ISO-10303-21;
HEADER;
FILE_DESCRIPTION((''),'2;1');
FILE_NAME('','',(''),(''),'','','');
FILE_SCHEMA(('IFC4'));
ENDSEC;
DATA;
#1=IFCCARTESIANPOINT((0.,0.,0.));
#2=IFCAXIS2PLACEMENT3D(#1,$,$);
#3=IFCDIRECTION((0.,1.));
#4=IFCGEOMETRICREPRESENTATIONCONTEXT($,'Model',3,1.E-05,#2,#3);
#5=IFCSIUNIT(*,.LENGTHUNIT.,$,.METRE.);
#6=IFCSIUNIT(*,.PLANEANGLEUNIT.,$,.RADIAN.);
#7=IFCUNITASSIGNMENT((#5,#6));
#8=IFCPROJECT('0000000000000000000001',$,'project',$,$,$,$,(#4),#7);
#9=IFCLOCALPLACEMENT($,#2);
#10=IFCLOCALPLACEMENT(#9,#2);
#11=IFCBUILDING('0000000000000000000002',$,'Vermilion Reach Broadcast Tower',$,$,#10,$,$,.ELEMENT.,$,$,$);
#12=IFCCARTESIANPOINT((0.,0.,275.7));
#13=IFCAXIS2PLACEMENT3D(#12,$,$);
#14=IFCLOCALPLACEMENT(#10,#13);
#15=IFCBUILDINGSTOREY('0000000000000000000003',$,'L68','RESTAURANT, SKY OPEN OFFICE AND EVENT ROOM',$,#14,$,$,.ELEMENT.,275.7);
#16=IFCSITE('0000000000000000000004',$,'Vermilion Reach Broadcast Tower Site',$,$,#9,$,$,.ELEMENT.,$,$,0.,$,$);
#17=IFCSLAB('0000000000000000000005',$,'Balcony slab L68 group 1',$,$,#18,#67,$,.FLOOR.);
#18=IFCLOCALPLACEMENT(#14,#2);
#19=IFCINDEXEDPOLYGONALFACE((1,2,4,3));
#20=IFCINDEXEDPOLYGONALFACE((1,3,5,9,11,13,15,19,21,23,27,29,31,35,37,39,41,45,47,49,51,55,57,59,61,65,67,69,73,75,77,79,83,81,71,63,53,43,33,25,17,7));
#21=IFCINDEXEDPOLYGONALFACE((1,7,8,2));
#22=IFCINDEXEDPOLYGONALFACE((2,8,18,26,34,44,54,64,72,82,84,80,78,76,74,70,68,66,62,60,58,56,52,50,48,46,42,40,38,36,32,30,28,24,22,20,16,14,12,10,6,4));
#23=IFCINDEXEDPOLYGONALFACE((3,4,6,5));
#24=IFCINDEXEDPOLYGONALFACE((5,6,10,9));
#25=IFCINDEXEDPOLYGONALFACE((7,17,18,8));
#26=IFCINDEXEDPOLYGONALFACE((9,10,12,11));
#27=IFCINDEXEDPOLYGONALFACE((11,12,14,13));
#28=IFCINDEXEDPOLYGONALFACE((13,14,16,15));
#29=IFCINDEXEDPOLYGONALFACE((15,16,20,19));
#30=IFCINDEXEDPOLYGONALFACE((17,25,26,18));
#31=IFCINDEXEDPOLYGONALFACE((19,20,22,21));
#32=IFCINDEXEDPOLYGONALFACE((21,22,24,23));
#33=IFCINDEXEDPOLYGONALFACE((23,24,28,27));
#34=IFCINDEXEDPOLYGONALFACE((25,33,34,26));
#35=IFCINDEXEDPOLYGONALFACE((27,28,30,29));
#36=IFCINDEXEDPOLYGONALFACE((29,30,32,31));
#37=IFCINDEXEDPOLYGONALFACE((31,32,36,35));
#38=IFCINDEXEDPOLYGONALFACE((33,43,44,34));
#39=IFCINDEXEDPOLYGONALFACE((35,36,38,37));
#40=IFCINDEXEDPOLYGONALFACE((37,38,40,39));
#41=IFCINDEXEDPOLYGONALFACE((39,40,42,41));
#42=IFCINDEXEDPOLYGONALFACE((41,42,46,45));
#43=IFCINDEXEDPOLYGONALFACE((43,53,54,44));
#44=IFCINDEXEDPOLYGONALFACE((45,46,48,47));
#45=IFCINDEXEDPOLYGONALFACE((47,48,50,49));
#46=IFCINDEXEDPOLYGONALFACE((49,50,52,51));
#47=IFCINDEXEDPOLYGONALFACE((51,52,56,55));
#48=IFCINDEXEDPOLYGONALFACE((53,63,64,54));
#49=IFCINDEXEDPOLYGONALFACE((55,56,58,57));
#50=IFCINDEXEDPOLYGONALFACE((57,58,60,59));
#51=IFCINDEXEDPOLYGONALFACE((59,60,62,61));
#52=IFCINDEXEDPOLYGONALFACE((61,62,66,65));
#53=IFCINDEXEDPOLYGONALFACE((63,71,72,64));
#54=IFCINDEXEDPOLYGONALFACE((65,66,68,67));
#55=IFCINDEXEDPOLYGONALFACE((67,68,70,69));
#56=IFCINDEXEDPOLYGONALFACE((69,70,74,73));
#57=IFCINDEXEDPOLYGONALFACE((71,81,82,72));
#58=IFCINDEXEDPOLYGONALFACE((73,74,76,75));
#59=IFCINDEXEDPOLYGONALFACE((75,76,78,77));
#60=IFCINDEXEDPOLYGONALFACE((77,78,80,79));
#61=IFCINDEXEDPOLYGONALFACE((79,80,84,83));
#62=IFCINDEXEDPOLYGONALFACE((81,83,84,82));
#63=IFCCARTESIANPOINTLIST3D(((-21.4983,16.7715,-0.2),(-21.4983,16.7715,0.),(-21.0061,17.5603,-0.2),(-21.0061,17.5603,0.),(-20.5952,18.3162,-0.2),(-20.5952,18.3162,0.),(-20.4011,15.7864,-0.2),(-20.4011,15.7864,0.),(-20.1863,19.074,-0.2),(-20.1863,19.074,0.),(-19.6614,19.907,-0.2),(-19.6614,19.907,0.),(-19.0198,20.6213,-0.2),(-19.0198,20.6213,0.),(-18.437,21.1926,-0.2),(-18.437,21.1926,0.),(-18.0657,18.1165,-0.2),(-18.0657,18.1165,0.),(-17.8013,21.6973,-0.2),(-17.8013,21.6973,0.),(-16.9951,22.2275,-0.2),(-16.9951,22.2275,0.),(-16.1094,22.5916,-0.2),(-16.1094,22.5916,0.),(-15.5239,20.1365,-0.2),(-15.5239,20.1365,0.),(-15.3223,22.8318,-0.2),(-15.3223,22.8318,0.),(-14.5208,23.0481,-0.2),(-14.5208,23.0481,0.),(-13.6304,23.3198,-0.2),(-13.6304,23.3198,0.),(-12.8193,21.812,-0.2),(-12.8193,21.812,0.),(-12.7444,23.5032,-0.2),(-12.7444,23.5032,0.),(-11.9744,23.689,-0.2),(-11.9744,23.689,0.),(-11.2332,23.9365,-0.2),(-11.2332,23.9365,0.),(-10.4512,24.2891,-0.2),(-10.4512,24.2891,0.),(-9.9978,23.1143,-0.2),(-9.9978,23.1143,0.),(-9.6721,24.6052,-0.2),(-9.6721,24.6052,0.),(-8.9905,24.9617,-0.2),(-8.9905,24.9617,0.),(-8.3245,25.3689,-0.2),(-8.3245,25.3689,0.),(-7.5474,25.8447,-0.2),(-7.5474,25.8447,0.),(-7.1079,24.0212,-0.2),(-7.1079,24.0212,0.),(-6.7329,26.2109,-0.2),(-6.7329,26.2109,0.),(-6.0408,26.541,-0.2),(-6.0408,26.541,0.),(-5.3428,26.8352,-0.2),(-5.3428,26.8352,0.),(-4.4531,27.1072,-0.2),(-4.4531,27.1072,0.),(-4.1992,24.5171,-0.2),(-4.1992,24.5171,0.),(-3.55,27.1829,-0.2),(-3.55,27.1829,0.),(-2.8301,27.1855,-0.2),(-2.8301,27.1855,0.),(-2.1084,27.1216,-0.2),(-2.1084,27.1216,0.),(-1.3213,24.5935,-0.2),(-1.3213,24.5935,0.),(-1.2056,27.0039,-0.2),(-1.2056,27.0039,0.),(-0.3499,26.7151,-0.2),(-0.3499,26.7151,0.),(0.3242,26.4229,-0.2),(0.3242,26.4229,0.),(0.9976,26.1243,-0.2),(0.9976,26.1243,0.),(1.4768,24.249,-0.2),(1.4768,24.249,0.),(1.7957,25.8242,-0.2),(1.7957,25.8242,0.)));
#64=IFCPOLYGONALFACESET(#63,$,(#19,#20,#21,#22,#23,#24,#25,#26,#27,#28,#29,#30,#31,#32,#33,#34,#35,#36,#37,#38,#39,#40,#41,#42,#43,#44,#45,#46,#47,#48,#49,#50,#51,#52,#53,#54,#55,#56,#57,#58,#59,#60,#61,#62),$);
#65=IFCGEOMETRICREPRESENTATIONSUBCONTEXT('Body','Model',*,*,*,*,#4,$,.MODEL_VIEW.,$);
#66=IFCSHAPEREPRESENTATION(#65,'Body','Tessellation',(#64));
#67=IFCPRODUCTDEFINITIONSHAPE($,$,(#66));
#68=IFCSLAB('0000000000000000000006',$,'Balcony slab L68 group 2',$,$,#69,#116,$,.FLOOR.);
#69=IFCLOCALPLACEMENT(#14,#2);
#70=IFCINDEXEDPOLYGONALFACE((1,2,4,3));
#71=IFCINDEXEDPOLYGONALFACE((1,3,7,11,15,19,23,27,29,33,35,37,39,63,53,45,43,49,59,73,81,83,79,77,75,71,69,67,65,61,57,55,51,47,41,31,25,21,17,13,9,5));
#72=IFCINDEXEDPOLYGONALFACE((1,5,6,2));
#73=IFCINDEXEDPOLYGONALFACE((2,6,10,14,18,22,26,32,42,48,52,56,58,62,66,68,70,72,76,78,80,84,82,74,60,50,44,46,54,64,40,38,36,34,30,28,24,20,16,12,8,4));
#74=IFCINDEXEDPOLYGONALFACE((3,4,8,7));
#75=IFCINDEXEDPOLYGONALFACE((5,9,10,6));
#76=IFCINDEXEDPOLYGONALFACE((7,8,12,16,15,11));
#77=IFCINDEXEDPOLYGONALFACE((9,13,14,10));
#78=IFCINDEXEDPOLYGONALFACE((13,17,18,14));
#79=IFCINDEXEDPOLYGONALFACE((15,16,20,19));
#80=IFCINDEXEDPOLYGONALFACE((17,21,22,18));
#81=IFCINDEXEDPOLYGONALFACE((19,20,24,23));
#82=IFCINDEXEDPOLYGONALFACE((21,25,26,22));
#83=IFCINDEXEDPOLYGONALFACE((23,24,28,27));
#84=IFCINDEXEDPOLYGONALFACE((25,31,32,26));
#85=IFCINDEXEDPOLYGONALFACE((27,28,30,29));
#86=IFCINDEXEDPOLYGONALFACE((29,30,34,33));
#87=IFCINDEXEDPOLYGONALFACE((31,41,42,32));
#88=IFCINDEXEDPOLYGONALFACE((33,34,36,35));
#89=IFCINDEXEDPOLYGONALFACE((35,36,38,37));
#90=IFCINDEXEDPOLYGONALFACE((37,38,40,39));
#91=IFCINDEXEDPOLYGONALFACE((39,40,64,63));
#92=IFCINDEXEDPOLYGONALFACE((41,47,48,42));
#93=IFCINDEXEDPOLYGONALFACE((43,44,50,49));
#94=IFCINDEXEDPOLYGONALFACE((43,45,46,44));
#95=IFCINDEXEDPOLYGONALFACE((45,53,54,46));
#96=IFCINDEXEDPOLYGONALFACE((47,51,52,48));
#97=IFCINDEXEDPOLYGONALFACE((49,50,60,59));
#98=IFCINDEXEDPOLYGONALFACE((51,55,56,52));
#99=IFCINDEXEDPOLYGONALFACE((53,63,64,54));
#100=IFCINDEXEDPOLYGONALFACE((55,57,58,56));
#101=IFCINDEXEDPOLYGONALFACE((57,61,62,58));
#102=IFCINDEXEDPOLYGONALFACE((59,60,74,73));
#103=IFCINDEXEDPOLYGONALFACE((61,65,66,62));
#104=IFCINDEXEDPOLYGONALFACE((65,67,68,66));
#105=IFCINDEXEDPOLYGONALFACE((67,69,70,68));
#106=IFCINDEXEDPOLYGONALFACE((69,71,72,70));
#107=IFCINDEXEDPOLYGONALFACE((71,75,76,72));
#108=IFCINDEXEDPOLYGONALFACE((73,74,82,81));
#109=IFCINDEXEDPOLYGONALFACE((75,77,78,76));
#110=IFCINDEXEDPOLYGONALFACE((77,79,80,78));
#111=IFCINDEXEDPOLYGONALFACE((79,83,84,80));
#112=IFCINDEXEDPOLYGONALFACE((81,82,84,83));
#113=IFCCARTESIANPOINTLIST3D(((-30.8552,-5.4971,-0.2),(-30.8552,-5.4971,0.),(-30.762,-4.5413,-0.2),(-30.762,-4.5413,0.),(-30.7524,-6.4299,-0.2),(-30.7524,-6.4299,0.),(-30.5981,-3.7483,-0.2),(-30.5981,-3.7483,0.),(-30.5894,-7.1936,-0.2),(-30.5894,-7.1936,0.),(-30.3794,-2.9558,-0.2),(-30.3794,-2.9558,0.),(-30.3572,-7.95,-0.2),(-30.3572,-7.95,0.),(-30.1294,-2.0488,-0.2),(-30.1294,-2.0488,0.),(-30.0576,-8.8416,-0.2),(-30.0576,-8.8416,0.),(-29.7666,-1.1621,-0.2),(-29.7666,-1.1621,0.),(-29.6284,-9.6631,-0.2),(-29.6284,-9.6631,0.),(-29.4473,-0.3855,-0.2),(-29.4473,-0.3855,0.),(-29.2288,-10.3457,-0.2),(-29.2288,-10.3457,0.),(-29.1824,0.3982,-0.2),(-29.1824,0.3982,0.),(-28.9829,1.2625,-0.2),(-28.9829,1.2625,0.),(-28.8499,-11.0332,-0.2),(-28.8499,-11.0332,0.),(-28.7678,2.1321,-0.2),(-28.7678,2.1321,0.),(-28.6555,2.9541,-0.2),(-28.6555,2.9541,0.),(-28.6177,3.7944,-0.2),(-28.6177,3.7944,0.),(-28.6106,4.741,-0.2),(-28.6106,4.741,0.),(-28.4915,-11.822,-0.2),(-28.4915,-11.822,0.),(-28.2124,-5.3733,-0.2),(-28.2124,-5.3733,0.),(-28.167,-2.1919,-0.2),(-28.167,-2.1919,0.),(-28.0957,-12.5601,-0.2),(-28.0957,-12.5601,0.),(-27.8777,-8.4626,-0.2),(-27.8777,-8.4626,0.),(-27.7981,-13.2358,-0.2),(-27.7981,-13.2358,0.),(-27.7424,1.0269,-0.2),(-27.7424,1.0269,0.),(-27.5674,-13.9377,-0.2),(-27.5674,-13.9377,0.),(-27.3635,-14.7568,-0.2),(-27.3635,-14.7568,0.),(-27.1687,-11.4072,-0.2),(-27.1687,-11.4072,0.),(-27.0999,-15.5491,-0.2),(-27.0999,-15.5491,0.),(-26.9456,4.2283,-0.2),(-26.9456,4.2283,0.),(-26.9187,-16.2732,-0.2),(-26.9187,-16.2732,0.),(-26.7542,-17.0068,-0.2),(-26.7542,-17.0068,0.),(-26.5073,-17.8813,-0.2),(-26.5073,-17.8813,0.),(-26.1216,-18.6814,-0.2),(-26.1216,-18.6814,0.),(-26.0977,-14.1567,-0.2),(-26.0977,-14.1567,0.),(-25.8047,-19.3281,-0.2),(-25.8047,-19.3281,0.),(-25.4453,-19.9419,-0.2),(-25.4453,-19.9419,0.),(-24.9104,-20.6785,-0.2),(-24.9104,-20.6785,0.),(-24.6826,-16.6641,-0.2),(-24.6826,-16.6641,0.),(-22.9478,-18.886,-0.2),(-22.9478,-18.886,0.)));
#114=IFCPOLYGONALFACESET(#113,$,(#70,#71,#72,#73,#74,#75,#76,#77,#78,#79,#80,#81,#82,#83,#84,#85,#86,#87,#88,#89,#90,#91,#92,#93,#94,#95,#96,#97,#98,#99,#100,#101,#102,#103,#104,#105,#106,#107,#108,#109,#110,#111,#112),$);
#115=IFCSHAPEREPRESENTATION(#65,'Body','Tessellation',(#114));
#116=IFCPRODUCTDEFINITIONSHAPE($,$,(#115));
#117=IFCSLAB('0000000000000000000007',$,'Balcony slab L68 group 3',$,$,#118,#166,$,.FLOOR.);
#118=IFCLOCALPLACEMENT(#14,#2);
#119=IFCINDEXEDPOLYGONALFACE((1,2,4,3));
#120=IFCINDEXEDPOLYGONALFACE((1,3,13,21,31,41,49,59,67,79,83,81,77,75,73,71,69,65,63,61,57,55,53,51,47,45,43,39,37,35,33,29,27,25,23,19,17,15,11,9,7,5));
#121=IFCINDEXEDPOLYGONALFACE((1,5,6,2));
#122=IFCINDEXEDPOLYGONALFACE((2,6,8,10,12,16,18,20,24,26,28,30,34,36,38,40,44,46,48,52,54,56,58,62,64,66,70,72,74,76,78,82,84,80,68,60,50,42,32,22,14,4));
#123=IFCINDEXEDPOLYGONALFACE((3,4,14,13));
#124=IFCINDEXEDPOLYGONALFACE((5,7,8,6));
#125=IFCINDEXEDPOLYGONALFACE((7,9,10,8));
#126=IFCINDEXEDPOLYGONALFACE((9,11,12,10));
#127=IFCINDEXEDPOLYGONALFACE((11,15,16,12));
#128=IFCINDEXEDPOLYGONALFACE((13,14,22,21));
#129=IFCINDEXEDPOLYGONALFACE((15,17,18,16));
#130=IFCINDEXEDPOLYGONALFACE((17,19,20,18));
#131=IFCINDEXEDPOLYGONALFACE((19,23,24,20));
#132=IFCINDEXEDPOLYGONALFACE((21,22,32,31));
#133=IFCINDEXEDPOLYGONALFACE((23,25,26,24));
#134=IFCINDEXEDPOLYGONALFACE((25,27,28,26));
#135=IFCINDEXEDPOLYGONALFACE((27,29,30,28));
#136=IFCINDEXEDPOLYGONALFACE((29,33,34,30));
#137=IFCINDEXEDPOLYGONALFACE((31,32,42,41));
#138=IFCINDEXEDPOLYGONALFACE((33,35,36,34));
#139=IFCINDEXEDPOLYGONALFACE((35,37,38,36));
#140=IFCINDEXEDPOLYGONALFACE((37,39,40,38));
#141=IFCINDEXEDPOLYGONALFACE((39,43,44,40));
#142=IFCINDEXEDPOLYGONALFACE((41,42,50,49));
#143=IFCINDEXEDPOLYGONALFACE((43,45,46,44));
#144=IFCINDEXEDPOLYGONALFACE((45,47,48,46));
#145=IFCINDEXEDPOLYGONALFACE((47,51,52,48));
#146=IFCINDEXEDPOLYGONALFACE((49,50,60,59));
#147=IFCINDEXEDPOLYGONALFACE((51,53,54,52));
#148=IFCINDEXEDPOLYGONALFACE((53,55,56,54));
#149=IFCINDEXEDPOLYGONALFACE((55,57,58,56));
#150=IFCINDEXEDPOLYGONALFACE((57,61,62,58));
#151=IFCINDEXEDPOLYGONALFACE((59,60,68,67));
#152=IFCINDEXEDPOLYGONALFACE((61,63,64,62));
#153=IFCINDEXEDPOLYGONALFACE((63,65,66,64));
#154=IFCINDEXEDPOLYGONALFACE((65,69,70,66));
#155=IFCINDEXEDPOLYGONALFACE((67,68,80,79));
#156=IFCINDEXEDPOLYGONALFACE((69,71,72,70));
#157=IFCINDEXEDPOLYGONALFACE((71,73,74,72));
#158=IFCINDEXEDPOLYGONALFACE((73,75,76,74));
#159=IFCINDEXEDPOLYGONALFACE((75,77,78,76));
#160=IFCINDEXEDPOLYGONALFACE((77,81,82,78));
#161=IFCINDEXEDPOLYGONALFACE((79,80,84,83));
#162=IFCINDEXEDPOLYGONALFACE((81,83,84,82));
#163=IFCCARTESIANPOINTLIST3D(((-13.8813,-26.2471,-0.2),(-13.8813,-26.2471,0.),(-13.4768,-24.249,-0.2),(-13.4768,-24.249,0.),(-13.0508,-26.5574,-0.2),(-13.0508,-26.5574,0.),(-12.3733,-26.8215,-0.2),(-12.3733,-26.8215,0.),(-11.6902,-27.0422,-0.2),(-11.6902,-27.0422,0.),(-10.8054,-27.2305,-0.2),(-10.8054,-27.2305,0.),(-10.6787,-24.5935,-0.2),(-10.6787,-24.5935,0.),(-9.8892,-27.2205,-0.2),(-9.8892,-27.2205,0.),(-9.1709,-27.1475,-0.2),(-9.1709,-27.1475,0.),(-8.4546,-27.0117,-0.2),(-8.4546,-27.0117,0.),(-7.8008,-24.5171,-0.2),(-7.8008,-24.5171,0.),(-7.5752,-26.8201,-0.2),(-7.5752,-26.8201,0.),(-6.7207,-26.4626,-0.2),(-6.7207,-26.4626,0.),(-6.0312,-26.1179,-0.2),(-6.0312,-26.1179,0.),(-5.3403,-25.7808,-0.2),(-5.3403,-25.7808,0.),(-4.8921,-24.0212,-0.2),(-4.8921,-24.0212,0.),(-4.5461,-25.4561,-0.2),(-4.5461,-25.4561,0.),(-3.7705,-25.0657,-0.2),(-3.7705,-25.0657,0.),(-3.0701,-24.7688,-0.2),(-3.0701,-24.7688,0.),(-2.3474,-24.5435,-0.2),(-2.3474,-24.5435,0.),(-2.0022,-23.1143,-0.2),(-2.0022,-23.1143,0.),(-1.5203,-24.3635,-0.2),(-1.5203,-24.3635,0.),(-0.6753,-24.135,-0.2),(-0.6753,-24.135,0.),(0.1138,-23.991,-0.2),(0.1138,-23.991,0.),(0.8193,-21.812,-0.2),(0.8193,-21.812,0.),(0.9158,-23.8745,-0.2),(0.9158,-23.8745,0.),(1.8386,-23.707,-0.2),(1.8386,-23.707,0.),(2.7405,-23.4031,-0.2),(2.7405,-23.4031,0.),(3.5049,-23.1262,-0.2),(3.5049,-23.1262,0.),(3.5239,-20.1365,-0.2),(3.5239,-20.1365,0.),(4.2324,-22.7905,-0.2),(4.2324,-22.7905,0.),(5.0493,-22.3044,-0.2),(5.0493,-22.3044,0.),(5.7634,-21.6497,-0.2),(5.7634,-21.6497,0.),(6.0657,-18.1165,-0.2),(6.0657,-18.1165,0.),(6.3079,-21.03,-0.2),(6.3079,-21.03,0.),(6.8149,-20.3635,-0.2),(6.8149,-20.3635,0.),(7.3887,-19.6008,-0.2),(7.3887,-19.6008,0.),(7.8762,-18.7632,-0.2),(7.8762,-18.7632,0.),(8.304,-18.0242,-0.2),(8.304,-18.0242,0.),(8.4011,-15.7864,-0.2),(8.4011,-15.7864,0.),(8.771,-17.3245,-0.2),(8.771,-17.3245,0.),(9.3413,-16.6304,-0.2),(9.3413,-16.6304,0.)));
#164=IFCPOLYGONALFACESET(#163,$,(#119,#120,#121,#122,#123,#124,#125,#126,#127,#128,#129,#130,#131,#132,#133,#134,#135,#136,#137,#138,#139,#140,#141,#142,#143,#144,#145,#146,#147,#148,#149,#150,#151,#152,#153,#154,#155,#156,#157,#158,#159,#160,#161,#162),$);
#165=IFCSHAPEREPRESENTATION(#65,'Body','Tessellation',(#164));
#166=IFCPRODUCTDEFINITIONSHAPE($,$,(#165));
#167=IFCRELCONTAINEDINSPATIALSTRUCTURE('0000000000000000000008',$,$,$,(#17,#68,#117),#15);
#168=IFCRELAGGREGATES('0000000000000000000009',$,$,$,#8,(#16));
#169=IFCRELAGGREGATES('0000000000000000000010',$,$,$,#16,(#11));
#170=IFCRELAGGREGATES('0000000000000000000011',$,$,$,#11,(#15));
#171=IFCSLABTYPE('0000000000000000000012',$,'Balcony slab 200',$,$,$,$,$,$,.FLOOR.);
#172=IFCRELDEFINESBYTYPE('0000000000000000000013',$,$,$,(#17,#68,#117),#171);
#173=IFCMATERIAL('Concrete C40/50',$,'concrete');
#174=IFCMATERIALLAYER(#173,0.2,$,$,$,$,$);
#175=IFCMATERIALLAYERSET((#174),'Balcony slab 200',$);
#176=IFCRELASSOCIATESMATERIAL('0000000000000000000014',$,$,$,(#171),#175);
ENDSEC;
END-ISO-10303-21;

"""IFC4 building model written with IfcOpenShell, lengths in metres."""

from ifc_helpers import new_model, si_unit, direction, frame, origin, place, context, subcontext, project, spatial, polyline, outline, extrude, material, layer, layer_set, type_object, element, save


model = new_model("IFC4")

# Units and contexts
model_context = context("Model", 3, precision=1e-05, world=origin(), true_north=direction((0.0, 1.0)))
body_context = subcontext(model_context, "Body", "Model", "MODEL_VIEW")
ifc_project = project(units=[si_unit("LENGTHUNIT", "METRE"), si_unit("PLANEANGLEUNIT", "RADIAN")], contexts=[model_context])

# Site, building, storey
site_placement = place(None, origin())
site = spatial("IfcSite", under=ifc_project, at=site_placement, Name="Vermilion Reach Broadcast Tower Site", CompositionType="ELEMENT", RefElevation=0.0)
building_placement = place(site_placement, origin())
building = spatial("IfcBuilding", under=site, at=building_placement, Name="Vermilion Reach Broadcast Tower", CompositionType="ELEMENT")
storey_placement = place(building_placement, frame((0.0, 0.0, 275.7)))
storey = spatial("IfcBuildingStorey", under=building, at=storey_placement, Name="L68", Description="RESTAURANT, SKY OPEN OFFICE AND EVENT ROOM", CompositionType="ELEMENT", Elevation=275.7)

# Slabs
ifc_material_1 = material(Name="Concrete C40/50", Category="concrete")
ifc_layer_1 = layer(ifc_material_1, 0.2)
ifc_layer_set_1 = layer_set([ifc_layer_1], Name="Balcony slab 200")
slab_type_1 = type_object("IfcSlabType", Name="Balcony slab 200", PredefinedType="FLOOR", material=ifc_layer_set_1)
placement_1 = place(storey_placement, frame((0.0, 0.0, -0.2)))
element("IfcSlab", 1, at=placement_1, inside=storey, type_object=slab_type_1, Name="Balcony slab L68 group 1", PredefinedType="FLOOR", context=body_context, shape_type="SweptSolid", body=[
    extrude(outline(polyline([(1.4768, 24.249), (-1.3213, 24.5935), (-4.1992, 24.5171), (-7.1079, 24.0212), (-9.9978, 23.1143), (-12.8193, 21.812), (-15.5239, 20.1365), (-18.0657, 18.1165), (-20.4011, 15.7864), (-21.4983, 16.7715), (-21.0061, 17.5603), (-20.5952, 18.3162), (-20.1863, 19.074), (-19.6614, 19.907), (-19.0198, 20.6213), (-18.437, 21.1926), (-17.8013, 21.6973), (-16.9951, 22.2275), (-16.1094, 22.5916), (-15.3223, 22.8318), (-14.5208, 23.0481), (-13.6304, 23.3198), (-12.7444, 23.5032), (-11.9744, 23.689), (-11.2332, 23.9365), (-10.4512, 24.2891), (-9.6721, 24.6052), (-8.9905, 24.9617), (-8.3245, 25.3689), (-7.5474, 25.8447), (-6.7329, 26.2109), (-6.0408, 26.541), (-5.3428, 26.8352), (-4.4531, 27.1072), (-3.55, 27.1829), (-2.8301, 27.1855), (-2.1084, 27.1216), (-1.2056, 27.0039), (-0.3499, 26.7151), (0.3242, 26.4229), (0.9976, 26.1243), (1.7957, 25.8242), (1.4768, 24.249)])), origin(), (0.0, 0.0, 1.0), 0.2),
])
element("IfcSlab", 2, at=placement_1, inside=storey, type_object=slab_type_1, Name="Balcony slab L68 group 2", PredefinedType="FLOOR", context=body_context, shape_type="SweptSolid", body=[
    extrude(outline(polyline([(-26.9456, 4.2283), (-27.7424, 1.0269), (-28.167, -2.1919), (-28.2124, -5.3733), (-27.8777, -8.4626), (-27.1687, -11.4072), (-26.0977, -14.1567), (-24.6826, -16.6641), (-22.9478, -18.886), (-24.9104, -20.6785), (-25.4453, -19.9419), (-25.8047, -19.3281), (-26.1216, -18.6814), (-26.5073, -17.8813), (-26.7542, -17.0068), (-26.9187, -16.2732), (-27.0999, -15.5491), (-27.3635, -14.7568), (-27.5674, -13.9377), (-27.7981, -13.2358), (-28.0957, -12.5601), (-28.4915, -11.822), (-28.8499, -11.0332), (-29.2288, -10.3457), (-29.6284, -9.6631), (-30.0576, -8.8416), (-30.3572, -7.95), (-30.5894, -7.1936), (-30.7524, -6.4299), (-30.8552, -5.4971), (-30.762, -4.5413), (-30.5981, -3.7483), (-30.3794, -2.9558), (-30.1294, -2.0488), (-29.7666, -1.1621), (-29.4473, -0.3855), (-29.1824, 0.3982), (-28.9829, 1.2625), (-28.7678, 2.1321), (-28.6555, 2.9541), (-28.6177, 3.7944), (-28.6106, 4.741), (-26.9456, 4.2283)])), origin(), (0.0, 0.0, 1.0), 0.2),
])
element("IfcSlab", 3, at=placement_1, inside=storey, type_object=slab_type_1, Name="Balcony slab L68 group 3", PredefinedType="FLOOR", context=body_context, shape_type="SweptSolid", body=[
    extrude(outline(polyline([(-13.4768, -24.249), (-10.6787, -24.5935), (-7.8008, -24.5171), (-4.8921, -24.0212), (-2.0022, -23.1143), (0.8193, -21.812), (3.5239, -20.1365), (6.0657, -18.1165), (8.4011, -15.7864), (9.3413, -16.6304), (8.771, -17.3245), (8.304, -18.0242), (7.8762, -18.7632), (7.3887, -19.6008), (6.8149, -20.3635), (6.3079, -21.03), (5.7634, -21.6497), (5.0493, -22.3044), (4.2324, -22.7905), (3.5049, -23.1262), (2.7405, -23.4031), (1.8386, -23.707), (0.9158, -23.8745), (0.1138, -23.991), (-0.6753, -24.135), (-1.5203, -24.3635), (-2.3474, -24.5435), (-3.0701, -24.7688), (-3.7705, -25.0657), (-4.5461, -25.4561), (-5.3403, -25.7808), (-6.0312, -26.1179), (-6.7207, -26.4626), (-7.5752, -26.8201), (-8.4546, -27.0117), (-9.1709, -27.1475), (-9.8892, -27.2205), (-10.8054, -27.2305), (-11.6902, -27.0422), (-12.3733, -26.8215), (-13.0508, -26.5574), (-13.8813, -26.2471), (-13.4768, -24.249)])), origin(), (0.0, 0.0, 1.0), 0.2),
])

save(model, "model.ifc")
